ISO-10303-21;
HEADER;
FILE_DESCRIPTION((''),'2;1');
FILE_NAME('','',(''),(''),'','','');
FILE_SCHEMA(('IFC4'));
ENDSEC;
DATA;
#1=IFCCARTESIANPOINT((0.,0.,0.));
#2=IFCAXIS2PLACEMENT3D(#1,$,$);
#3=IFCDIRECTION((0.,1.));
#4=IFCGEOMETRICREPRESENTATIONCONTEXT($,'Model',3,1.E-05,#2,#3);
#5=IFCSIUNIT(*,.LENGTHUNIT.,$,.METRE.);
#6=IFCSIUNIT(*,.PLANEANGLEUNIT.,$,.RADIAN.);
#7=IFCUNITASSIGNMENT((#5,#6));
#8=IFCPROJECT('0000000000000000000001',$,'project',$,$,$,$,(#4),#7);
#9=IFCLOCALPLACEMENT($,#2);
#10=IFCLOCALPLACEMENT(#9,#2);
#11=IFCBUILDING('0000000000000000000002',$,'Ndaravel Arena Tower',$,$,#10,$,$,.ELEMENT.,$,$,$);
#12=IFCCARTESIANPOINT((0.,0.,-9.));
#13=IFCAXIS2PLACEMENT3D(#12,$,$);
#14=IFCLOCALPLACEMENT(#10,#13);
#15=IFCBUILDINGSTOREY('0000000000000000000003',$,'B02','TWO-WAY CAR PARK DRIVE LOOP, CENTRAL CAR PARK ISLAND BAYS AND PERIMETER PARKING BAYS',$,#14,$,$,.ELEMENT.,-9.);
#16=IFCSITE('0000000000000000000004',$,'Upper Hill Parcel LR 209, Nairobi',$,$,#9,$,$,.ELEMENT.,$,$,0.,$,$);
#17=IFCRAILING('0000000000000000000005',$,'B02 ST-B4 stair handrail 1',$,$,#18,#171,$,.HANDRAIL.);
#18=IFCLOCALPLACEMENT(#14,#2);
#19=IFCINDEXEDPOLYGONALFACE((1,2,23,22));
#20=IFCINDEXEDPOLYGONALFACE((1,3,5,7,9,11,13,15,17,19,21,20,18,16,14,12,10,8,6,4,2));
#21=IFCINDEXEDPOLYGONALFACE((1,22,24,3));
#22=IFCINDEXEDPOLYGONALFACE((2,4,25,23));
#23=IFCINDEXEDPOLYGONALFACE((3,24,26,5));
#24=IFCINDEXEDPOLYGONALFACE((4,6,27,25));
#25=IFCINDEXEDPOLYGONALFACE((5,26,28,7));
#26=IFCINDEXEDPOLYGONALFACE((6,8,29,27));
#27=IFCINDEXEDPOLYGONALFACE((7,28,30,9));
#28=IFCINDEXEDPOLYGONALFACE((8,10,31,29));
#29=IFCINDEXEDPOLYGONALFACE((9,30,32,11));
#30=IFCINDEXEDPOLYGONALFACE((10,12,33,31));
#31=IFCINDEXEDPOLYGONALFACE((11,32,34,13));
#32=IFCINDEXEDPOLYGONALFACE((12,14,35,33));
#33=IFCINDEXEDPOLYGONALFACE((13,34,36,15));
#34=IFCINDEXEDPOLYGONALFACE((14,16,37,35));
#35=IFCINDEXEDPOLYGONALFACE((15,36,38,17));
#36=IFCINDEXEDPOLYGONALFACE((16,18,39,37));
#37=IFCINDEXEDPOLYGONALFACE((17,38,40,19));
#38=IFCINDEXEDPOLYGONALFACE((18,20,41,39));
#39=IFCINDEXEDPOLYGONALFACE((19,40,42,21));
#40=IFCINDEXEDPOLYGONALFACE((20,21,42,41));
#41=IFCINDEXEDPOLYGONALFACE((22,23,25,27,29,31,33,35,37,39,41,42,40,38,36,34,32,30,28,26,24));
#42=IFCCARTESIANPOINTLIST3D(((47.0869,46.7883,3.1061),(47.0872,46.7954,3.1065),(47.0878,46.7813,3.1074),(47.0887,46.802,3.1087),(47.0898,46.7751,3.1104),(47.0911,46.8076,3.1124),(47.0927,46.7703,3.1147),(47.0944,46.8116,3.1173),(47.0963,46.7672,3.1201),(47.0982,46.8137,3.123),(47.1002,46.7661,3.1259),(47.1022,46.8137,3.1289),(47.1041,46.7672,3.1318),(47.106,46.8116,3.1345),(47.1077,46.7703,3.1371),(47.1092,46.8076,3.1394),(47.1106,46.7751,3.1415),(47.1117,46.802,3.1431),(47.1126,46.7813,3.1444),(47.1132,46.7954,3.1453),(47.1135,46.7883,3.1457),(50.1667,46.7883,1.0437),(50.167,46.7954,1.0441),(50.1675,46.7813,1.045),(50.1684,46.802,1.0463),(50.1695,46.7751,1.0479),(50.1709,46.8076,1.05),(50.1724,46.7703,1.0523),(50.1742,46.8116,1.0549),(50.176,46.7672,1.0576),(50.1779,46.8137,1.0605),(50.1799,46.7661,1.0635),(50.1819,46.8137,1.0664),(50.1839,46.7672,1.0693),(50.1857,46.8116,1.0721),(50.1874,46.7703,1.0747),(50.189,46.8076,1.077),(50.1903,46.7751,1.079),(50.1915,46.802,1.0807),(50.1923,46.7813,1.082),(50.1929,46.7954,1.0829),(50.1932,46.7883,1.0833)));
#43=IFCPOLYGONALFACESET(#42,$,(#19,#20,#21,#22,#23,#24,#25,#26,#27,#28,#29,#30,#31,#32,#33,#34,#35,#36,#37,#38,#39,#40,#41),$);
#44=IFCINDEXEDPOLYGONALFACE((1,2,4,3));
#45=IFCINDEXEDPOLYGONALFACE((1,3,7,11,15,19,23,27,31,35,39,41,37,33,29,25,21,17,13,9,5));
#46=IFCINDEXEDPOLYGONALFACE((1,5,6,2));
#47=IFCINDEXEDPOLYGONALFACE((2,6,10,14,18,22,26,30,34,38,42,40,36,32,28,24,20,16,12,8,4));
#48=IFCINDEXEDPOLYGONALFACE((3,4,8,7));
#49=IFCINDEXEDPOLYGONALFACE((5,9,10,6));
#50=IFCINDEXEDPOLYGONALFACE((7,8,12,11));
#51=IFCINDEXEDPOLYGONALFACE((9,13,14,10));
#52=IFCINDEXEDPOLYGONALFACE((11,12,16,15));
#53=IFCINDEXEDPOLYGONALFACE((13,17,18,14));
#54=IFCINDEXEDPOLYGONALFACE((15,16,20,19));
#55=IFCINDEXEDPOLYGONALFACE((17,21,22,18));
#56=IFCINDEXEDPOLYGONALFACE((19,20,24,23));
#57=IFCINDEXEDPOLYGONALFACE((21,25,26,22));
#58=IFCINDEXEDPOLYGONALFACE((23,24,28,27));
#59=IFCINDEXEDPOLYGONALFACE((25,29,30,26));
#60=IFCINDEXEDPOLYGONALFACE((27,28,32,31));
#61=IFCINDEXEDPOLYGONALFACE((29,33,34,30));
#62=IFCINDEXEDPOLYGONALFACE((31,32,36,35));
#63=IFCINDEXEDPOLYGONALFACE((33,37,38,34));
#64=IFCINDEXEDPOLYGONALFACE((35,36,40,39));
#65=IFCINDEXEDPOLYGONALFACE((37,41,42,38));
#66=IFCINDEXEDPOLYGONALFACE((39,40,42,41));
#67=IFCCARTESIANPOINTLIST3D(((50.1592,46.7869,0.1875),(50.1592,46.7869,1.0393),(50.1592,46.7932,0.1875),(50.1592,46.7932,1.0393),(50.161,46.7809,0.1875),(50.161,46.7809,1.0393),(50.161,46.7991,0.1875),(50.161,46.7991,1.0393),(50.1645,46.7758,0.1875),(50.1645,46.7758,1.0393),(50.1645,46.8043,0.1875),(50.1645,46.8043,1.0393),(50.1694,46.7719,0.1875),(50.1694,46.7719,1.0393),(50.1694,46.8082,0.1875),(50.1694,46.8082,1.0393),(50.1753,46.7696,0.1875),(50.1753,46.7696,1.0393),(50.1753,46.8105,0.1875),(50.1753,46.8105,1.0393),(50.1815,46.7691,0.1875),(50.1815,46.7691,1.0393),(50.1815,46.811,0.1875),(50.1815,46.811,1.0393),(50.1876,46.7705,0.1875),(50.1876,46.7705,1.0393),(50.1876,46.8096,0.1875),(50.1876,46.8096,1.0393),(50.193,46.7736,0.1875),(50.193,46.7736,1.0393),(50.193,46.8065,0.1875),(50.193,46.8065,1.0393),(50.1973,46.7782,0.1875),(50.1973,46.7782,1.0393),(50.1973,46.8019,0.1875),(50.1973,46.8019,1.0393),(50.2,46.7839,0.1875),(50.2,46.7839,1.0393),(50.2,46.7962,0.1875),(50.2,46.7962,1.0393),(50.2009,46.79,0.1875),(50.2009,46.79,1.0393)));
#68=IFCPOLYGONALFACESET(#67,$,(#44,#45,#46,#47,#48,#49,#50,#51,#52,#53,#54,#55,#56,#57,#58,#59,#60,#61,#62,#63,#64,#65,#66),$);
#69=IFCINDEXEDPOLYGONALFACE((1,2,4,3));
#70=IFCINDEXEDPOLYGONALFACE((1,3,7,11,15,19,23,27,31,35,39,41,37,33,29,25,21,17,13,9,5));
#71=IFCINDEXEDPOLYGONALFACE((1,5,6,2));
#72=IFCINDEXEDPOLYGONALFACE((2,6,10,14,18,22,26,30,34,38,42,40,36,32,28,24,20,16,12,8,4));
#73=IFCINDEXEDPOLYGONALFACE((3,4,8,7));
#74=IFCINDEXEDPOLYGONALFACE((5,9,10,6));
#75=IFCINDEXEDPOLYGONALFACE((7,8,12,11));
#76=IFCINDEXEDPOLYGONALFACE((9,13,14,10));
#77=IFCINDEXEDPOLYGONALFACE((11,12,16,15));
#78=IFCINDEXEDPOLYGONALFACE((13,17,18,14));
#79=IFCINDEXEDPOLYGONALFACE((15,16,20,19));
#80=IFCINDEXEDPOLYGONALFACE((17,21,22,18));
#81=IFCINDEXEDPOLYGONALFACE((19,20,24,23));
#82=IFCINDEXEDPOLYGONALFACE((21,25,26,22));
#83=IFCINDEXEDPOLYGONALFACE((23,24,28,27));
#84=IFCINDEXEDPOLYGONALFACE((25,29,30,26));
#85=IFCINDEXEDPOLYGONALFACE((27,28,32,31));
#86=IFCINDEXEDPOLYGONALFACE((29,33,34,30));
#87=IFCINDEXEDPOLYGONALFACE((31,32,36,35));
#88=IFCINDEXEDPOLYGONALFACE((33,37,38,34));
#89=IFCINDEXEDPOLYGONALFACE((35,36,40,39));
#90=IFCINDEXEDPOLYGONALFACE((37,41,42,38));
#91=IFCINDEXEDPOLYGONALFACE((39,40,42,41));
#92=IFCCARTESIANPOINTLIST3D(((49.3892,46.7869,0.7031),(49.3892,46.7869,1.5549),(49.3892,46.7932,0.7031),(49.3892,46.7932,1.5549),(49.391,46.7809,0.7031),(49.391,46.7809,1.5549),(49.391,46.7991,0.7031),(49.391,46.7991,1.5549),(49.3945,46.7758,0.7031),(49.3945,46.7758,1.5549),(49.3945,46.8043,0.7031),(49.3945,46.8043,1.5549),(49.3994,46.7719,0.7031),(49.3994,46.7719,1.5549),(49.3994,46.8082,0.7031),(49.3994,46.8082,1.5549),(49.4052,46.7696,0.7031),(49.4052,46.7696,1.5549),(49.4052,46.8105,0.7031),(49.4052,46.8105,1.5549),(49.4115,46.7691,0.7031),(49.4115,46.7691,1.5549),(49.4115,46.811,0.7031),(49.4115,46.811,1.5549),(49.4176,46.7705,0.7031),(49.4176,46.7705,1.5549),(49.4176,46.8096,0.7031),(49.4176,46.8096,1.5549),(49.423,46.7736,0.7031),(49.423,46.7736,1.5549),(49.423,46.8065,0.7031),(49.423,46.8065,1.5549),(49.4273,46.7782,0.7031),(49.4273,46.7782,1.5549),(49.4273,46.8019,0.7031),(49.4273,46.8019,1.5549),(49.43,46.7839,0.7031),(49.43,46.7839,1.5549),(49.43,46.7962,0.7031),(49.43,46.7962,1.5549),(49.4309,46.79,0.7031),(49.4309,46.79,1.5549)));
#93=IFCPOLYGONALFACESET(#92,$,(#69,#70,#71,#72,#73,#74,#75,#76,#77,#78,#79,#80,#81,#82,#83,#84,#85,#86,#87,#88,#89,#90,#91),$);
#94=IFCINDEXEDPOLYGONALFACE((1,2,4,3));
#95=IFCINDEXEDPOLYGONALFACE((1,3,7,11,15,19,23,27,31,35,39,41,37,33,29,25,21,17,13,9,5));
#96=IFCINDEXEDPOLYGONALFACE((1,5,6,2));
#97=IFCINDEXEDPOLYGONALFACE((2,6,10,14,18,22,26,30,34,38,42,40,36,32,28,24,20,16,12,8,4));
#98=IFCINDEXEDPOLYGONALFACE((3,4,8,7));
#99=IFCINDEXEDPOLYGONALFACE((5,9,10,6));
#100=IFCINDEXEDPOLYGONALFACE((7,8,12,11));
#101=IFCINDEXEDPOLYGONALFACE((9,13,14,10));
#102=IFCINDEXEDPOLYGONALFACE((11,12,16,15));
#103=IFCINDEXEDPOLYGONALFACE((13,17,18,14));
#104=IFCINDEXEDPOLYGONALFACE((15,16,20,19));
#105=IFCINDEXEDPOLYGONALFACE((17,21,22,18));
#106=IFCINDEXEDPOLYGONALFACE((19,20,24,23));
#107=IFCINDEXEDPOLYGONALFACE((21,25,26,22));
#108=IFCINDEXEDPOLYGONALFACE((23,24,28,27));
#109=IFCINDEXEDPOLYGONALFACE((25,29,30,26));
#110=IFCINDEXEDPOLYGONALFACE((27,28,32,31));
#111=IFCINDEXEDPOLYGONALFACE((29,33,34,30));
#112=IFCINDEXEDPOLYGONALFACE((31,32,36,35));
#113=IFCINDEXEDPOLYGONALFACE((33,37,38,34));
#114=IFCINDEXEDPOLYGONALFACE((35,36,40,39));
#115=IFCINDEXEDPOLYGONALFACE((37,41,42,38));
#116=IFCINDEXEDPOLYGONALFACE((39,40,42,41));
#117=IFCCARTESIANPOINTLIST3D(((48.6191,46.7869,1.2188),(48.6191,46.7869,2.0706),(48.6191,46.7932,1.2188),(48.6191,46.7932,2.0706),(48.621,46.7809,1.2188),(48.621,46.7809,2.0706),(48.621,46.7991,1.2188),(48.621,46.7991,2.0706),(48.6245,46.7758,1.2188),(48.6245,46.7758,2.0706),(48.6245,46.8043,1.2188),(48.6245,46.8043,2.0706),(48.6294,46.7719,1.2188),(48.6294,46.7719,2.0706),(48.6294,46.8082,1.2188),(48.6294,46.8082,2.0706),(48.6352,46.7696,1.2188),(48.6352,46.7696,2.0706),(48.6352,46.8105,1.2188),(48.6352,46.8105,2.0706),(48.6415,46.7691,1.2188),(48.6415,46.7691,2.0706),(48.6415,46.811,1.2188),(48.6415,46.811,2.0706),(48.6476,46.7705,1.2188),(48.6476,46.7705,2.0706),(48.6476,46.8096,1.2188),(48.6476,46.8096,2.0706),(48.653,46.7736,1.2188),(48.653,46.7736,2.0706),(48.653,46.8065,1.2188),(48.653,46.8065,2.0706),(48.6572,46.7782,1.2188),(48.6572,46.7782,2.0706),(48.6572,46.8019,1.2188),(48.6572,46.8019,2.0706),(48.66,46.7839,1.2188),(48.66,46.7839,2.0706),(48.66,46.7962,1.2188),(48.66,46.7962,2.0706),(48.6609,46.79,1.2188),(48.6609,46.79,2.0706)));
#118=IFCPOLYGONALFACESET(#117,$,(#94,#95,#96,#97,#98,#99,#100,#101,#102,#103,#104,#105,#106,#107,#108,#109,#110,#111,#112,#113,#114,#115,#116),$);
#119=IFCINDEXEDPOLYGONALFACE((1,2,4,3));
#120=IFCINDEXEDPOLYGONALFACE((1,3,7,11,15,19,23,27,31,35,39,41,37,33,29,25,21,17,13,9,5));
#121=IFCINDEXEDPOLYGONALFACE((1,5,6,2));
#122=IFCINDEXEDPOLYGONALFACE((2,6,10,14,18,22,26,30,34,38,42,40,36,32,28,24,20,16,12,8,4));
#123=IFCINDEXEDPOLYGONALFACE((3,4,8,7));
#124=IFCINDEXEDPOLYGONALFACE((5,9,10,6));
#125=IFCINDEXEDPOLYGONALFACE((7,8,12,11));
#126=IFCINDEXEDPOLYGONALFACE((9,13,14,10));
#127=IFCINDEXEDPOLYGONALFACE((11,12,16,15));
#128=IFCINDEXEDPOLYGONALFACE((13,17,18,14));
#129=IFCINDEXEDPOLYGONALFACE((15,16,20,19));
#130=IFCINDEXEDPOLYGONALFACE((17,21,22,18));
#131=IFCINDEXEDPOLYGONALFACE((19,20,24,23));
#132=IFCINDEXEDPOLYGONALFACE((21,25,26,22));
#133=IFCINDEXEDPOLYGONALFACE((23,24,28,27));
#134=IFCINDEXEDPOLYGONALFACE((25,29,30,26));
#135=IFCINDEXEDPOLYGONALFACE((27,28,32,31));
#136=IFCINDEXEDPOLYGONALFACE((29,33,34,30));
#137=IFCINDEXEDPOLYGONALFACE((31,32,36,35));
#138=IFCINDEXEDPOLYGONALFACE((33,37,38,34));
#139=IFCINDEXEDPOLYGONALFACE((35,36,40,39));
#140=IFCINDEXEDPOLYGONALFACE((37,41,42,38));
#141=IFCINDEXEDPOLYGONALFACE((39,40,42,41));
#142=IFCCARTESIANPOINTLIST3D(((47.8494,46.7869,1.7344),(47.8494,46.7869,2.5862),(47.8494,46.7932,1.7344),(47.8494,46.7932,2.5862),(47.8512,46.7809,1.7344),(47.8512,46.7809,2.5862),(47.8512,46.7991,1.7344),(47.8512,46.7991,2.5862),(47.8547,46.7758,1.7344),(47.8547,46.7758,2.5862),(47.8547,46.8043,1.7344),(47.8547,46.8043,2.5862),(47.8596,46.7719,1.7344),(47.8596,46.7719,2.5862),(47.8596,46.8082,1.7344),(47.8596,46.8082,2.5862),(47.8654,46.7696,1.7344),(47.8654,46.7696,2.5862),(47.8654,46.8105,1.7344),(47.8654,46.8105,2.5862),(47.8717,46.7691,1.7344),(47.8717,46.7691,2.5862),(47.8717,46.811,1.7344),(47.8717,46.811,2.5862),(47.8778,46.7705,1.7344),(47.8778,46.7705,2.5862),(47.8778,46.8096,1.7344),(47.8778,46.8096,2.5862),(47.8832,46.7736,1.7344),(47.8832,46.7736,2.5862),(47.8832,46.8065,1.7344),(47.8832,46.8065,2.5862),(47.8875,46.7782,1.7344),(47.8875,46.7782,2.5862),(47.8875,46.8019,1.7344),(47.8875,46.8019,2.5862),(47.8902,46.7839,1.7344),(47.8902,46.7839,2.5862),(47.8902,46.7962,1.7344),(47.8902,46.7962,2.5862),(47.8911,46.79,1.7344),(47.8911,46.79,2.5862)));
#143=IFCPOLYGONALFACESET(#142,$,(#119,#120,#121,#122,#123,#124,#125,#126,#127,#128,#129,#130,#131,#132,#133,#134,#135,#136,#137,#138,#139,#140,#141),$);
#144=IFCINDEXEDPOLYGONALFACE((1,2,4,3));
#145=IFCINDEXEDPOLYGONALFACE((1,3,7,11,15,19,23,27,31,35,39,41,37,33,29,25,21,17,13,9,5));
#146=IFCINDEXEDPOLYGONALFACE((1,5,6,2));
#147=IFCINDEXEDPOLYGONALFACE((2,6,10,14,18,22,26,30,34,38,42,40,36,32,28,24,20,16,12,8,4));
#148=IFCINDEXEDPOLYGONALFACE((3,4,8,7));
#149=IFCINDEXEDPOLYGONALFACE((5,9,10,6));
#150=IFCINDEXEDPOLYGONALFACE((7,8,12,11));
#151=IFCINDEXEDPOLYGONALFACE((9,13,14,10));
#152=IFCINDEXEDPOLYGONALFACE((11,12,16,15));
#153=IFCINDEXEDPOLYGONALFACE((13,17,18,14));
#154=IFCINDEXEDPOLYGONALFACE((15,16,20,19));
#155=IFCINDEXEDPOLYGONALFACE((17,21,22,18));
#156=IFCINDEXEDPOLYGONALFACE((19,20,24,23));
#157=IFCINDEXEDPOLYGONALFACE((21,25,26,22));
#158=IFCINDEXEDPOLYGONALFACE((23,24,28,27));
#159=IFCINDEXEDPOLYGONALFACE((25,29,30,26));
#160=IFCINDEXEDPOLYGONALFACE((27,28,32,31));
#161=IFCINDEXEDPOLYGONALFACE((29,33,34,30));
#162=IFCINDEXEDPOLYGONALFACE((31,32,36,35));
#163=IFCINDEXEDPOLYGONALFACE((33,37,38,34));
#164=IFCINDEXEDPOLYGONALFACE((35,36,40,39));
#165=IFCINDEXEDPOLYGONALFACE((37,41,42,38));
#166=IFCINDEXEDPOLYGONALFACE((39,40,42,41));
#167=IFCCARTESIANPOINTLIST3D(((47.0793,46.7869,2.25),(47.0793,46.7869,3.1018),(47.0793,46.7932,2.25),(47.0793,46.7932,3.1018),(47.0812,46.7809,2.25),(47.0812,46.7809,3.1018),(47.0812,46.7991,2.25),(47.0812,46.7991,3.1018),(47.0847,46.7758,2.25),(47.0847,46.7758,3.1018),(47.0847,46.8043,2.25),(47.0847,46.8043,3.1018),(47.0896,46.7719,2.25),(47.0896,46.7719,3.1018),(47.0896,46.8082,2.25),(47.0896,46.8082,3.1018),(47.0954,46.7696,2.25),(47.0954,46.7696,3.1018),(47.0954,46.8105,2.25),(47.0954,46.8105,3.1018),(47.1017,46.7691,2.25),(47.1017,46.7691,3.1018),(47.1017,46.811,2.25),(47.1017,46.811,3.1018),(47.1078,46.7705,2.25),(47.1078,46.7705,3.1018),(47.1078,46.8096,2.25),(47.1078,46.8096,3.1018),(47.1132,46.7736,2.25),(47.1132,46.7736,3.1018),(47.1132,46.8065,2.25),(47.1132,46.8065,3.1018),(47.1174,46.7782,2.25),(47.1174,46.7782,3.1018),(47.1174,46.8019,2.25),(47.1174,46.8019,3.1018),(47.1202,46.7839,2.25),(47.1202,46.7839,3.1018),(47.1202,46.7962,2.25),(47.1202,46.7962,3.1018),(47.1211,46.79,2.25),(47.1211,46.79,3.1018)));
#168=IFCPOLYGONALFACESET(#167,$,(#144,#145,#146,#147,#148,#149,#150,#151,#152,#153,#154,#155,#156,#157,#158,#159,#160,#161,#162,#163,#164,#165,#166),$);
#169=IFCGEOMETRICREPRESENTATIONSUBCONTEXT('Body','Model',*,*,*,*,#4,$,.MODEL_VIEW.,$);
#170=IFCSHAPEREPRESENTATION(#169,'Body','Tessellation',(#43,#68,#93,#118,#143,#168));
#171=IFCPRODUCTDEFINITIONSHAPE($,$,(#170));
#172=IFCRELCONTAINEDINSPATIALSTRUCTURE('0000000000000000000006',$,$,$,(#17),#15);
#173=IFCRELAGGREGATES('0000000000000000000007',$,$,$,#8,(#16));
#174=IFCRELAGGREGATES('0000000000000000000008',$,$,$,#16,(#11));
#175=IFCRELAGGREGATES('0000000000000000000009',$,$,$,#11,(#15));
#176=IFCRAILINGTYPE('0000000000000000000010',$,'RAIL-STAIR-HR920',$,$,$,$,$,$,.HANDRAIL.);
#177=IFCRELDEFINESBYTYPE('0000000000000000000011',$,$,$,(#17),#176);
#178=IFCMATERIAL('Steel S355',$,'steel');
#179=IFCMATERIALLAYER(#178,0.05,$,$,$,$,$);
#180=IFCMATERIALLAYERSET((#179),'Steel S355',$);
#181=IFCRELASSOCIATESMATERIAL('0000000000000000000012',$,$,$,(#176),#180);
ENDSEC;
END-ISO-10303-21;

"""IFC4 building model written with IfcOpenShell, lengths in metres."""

from ifc_helpers import new_model, si_unit, direction, frame, origin, origin_2d, place, context, subcontext, project, spatial, circle, extrude, material, layer, layer_set, type_object, element, save


model = new_model("IFC4")

# Units and contexts
model_context = context("Model", 3, precision=1e-05, world=origin(), true_north=direction((0.0, 1.0)))
body_context = subcontext(model_context, "Body", "Model", "MODEL_VIEW")
ifc_project = project(units=[si_unit("LENGTHUNIT", "METRE"), si_unit("PLANEANGLEUNIT", "RADIAN")], contexts=[model_context])

# Site, building, storey
site_placement = place(None, origin())
site = spatial("IfcSite", under=ifc_project, at=site_placement, Name="Upper Hill Parcel LR 209, Nairobi", CompositionType="ELEMENT", RefElevation=0.0)
building_placement = place(site_placement, origin())
building = spatial("IfcBuilding", under=site, at=building_placement, Name="Ndaravel Arena Tower", CompositionType="ELEMENT")
storey_placement = place(building_placement, frame((0.0, 0.0, -9.0)))
storey = spatial("IfcBuildingStorey", under=building, at=storey_placement, Name="B02", Description="TWO-WAY CAR PARK DRIVE LOOP, CENTRAL CAR PARK ISLAND BAYS AND PERIMETER PARKING BAYS", CompositionType="ELEMENT", Elevation=-9.0)

# Railing
ifc_material_1 = material(Name="Steel S355", Category="steel")
ifc_layer_1 = layer(ifc_material_1, 0.05)
ifc_layer_set_1 = layer_set([ifc_layer_1], Name="Steel S355")
railing_type_1 = type_object("IfcRailingType", Name="RAIL-STAIR-HR920", PredefinedType="HANDRAIL", material=ifc_layer_set_1)
railing_1_placement = place(storey_placement, frame((50.1799, 46.79, 0.1875)))
element("IfcRailing", 1, at=railing_1_placement, inside=storey, type_object=railing_type_1, Name="B02 ST-B4 stair handrail 1", PredefinedType="HANDRAIL", context=body_context, shape_type="SweptSolid", body=[
    extrude(circle(Radius=0.0239, at=origin_2d()), frame((0.0, 0.0, 0.876), z_axis=(-0.830893, 0.0, 0.556432), x_axis=(0.0, -1.0, 0.0)), (0.0, 0.0, 1.0), 3.7065),
    extrude(circle(Radius=0.021, at=origin_2d()), origin(), (0.0, 0.0, 1.0), 0.8518),
    extrude(circle(Radius=0.021, at=origin_2d()), frame((-0.77, 0.0, 0.5156)), (0.0, 0.0, 1.0), 0.8518),
    extrude(circle(Radius=0.021, at=origin_2d()), frame((-1.54, 0.0, 1.0312)), (0.0, 0.0, 1.0), 0.8518),
    extrude(circle(Radius=0.021, at=origin_2d()), frame((-2.3098, 0.0, 1.5469)), (0.0, 0.0, 1.0), 0.8518),
    extrude(circle(Radius=0.021, at=origin_2d()), frame((-3.0798, 0.0, 2.0625)), (0.0, 0.0, 1.0), 0.8518),
])

save(model, "model.ifc")
